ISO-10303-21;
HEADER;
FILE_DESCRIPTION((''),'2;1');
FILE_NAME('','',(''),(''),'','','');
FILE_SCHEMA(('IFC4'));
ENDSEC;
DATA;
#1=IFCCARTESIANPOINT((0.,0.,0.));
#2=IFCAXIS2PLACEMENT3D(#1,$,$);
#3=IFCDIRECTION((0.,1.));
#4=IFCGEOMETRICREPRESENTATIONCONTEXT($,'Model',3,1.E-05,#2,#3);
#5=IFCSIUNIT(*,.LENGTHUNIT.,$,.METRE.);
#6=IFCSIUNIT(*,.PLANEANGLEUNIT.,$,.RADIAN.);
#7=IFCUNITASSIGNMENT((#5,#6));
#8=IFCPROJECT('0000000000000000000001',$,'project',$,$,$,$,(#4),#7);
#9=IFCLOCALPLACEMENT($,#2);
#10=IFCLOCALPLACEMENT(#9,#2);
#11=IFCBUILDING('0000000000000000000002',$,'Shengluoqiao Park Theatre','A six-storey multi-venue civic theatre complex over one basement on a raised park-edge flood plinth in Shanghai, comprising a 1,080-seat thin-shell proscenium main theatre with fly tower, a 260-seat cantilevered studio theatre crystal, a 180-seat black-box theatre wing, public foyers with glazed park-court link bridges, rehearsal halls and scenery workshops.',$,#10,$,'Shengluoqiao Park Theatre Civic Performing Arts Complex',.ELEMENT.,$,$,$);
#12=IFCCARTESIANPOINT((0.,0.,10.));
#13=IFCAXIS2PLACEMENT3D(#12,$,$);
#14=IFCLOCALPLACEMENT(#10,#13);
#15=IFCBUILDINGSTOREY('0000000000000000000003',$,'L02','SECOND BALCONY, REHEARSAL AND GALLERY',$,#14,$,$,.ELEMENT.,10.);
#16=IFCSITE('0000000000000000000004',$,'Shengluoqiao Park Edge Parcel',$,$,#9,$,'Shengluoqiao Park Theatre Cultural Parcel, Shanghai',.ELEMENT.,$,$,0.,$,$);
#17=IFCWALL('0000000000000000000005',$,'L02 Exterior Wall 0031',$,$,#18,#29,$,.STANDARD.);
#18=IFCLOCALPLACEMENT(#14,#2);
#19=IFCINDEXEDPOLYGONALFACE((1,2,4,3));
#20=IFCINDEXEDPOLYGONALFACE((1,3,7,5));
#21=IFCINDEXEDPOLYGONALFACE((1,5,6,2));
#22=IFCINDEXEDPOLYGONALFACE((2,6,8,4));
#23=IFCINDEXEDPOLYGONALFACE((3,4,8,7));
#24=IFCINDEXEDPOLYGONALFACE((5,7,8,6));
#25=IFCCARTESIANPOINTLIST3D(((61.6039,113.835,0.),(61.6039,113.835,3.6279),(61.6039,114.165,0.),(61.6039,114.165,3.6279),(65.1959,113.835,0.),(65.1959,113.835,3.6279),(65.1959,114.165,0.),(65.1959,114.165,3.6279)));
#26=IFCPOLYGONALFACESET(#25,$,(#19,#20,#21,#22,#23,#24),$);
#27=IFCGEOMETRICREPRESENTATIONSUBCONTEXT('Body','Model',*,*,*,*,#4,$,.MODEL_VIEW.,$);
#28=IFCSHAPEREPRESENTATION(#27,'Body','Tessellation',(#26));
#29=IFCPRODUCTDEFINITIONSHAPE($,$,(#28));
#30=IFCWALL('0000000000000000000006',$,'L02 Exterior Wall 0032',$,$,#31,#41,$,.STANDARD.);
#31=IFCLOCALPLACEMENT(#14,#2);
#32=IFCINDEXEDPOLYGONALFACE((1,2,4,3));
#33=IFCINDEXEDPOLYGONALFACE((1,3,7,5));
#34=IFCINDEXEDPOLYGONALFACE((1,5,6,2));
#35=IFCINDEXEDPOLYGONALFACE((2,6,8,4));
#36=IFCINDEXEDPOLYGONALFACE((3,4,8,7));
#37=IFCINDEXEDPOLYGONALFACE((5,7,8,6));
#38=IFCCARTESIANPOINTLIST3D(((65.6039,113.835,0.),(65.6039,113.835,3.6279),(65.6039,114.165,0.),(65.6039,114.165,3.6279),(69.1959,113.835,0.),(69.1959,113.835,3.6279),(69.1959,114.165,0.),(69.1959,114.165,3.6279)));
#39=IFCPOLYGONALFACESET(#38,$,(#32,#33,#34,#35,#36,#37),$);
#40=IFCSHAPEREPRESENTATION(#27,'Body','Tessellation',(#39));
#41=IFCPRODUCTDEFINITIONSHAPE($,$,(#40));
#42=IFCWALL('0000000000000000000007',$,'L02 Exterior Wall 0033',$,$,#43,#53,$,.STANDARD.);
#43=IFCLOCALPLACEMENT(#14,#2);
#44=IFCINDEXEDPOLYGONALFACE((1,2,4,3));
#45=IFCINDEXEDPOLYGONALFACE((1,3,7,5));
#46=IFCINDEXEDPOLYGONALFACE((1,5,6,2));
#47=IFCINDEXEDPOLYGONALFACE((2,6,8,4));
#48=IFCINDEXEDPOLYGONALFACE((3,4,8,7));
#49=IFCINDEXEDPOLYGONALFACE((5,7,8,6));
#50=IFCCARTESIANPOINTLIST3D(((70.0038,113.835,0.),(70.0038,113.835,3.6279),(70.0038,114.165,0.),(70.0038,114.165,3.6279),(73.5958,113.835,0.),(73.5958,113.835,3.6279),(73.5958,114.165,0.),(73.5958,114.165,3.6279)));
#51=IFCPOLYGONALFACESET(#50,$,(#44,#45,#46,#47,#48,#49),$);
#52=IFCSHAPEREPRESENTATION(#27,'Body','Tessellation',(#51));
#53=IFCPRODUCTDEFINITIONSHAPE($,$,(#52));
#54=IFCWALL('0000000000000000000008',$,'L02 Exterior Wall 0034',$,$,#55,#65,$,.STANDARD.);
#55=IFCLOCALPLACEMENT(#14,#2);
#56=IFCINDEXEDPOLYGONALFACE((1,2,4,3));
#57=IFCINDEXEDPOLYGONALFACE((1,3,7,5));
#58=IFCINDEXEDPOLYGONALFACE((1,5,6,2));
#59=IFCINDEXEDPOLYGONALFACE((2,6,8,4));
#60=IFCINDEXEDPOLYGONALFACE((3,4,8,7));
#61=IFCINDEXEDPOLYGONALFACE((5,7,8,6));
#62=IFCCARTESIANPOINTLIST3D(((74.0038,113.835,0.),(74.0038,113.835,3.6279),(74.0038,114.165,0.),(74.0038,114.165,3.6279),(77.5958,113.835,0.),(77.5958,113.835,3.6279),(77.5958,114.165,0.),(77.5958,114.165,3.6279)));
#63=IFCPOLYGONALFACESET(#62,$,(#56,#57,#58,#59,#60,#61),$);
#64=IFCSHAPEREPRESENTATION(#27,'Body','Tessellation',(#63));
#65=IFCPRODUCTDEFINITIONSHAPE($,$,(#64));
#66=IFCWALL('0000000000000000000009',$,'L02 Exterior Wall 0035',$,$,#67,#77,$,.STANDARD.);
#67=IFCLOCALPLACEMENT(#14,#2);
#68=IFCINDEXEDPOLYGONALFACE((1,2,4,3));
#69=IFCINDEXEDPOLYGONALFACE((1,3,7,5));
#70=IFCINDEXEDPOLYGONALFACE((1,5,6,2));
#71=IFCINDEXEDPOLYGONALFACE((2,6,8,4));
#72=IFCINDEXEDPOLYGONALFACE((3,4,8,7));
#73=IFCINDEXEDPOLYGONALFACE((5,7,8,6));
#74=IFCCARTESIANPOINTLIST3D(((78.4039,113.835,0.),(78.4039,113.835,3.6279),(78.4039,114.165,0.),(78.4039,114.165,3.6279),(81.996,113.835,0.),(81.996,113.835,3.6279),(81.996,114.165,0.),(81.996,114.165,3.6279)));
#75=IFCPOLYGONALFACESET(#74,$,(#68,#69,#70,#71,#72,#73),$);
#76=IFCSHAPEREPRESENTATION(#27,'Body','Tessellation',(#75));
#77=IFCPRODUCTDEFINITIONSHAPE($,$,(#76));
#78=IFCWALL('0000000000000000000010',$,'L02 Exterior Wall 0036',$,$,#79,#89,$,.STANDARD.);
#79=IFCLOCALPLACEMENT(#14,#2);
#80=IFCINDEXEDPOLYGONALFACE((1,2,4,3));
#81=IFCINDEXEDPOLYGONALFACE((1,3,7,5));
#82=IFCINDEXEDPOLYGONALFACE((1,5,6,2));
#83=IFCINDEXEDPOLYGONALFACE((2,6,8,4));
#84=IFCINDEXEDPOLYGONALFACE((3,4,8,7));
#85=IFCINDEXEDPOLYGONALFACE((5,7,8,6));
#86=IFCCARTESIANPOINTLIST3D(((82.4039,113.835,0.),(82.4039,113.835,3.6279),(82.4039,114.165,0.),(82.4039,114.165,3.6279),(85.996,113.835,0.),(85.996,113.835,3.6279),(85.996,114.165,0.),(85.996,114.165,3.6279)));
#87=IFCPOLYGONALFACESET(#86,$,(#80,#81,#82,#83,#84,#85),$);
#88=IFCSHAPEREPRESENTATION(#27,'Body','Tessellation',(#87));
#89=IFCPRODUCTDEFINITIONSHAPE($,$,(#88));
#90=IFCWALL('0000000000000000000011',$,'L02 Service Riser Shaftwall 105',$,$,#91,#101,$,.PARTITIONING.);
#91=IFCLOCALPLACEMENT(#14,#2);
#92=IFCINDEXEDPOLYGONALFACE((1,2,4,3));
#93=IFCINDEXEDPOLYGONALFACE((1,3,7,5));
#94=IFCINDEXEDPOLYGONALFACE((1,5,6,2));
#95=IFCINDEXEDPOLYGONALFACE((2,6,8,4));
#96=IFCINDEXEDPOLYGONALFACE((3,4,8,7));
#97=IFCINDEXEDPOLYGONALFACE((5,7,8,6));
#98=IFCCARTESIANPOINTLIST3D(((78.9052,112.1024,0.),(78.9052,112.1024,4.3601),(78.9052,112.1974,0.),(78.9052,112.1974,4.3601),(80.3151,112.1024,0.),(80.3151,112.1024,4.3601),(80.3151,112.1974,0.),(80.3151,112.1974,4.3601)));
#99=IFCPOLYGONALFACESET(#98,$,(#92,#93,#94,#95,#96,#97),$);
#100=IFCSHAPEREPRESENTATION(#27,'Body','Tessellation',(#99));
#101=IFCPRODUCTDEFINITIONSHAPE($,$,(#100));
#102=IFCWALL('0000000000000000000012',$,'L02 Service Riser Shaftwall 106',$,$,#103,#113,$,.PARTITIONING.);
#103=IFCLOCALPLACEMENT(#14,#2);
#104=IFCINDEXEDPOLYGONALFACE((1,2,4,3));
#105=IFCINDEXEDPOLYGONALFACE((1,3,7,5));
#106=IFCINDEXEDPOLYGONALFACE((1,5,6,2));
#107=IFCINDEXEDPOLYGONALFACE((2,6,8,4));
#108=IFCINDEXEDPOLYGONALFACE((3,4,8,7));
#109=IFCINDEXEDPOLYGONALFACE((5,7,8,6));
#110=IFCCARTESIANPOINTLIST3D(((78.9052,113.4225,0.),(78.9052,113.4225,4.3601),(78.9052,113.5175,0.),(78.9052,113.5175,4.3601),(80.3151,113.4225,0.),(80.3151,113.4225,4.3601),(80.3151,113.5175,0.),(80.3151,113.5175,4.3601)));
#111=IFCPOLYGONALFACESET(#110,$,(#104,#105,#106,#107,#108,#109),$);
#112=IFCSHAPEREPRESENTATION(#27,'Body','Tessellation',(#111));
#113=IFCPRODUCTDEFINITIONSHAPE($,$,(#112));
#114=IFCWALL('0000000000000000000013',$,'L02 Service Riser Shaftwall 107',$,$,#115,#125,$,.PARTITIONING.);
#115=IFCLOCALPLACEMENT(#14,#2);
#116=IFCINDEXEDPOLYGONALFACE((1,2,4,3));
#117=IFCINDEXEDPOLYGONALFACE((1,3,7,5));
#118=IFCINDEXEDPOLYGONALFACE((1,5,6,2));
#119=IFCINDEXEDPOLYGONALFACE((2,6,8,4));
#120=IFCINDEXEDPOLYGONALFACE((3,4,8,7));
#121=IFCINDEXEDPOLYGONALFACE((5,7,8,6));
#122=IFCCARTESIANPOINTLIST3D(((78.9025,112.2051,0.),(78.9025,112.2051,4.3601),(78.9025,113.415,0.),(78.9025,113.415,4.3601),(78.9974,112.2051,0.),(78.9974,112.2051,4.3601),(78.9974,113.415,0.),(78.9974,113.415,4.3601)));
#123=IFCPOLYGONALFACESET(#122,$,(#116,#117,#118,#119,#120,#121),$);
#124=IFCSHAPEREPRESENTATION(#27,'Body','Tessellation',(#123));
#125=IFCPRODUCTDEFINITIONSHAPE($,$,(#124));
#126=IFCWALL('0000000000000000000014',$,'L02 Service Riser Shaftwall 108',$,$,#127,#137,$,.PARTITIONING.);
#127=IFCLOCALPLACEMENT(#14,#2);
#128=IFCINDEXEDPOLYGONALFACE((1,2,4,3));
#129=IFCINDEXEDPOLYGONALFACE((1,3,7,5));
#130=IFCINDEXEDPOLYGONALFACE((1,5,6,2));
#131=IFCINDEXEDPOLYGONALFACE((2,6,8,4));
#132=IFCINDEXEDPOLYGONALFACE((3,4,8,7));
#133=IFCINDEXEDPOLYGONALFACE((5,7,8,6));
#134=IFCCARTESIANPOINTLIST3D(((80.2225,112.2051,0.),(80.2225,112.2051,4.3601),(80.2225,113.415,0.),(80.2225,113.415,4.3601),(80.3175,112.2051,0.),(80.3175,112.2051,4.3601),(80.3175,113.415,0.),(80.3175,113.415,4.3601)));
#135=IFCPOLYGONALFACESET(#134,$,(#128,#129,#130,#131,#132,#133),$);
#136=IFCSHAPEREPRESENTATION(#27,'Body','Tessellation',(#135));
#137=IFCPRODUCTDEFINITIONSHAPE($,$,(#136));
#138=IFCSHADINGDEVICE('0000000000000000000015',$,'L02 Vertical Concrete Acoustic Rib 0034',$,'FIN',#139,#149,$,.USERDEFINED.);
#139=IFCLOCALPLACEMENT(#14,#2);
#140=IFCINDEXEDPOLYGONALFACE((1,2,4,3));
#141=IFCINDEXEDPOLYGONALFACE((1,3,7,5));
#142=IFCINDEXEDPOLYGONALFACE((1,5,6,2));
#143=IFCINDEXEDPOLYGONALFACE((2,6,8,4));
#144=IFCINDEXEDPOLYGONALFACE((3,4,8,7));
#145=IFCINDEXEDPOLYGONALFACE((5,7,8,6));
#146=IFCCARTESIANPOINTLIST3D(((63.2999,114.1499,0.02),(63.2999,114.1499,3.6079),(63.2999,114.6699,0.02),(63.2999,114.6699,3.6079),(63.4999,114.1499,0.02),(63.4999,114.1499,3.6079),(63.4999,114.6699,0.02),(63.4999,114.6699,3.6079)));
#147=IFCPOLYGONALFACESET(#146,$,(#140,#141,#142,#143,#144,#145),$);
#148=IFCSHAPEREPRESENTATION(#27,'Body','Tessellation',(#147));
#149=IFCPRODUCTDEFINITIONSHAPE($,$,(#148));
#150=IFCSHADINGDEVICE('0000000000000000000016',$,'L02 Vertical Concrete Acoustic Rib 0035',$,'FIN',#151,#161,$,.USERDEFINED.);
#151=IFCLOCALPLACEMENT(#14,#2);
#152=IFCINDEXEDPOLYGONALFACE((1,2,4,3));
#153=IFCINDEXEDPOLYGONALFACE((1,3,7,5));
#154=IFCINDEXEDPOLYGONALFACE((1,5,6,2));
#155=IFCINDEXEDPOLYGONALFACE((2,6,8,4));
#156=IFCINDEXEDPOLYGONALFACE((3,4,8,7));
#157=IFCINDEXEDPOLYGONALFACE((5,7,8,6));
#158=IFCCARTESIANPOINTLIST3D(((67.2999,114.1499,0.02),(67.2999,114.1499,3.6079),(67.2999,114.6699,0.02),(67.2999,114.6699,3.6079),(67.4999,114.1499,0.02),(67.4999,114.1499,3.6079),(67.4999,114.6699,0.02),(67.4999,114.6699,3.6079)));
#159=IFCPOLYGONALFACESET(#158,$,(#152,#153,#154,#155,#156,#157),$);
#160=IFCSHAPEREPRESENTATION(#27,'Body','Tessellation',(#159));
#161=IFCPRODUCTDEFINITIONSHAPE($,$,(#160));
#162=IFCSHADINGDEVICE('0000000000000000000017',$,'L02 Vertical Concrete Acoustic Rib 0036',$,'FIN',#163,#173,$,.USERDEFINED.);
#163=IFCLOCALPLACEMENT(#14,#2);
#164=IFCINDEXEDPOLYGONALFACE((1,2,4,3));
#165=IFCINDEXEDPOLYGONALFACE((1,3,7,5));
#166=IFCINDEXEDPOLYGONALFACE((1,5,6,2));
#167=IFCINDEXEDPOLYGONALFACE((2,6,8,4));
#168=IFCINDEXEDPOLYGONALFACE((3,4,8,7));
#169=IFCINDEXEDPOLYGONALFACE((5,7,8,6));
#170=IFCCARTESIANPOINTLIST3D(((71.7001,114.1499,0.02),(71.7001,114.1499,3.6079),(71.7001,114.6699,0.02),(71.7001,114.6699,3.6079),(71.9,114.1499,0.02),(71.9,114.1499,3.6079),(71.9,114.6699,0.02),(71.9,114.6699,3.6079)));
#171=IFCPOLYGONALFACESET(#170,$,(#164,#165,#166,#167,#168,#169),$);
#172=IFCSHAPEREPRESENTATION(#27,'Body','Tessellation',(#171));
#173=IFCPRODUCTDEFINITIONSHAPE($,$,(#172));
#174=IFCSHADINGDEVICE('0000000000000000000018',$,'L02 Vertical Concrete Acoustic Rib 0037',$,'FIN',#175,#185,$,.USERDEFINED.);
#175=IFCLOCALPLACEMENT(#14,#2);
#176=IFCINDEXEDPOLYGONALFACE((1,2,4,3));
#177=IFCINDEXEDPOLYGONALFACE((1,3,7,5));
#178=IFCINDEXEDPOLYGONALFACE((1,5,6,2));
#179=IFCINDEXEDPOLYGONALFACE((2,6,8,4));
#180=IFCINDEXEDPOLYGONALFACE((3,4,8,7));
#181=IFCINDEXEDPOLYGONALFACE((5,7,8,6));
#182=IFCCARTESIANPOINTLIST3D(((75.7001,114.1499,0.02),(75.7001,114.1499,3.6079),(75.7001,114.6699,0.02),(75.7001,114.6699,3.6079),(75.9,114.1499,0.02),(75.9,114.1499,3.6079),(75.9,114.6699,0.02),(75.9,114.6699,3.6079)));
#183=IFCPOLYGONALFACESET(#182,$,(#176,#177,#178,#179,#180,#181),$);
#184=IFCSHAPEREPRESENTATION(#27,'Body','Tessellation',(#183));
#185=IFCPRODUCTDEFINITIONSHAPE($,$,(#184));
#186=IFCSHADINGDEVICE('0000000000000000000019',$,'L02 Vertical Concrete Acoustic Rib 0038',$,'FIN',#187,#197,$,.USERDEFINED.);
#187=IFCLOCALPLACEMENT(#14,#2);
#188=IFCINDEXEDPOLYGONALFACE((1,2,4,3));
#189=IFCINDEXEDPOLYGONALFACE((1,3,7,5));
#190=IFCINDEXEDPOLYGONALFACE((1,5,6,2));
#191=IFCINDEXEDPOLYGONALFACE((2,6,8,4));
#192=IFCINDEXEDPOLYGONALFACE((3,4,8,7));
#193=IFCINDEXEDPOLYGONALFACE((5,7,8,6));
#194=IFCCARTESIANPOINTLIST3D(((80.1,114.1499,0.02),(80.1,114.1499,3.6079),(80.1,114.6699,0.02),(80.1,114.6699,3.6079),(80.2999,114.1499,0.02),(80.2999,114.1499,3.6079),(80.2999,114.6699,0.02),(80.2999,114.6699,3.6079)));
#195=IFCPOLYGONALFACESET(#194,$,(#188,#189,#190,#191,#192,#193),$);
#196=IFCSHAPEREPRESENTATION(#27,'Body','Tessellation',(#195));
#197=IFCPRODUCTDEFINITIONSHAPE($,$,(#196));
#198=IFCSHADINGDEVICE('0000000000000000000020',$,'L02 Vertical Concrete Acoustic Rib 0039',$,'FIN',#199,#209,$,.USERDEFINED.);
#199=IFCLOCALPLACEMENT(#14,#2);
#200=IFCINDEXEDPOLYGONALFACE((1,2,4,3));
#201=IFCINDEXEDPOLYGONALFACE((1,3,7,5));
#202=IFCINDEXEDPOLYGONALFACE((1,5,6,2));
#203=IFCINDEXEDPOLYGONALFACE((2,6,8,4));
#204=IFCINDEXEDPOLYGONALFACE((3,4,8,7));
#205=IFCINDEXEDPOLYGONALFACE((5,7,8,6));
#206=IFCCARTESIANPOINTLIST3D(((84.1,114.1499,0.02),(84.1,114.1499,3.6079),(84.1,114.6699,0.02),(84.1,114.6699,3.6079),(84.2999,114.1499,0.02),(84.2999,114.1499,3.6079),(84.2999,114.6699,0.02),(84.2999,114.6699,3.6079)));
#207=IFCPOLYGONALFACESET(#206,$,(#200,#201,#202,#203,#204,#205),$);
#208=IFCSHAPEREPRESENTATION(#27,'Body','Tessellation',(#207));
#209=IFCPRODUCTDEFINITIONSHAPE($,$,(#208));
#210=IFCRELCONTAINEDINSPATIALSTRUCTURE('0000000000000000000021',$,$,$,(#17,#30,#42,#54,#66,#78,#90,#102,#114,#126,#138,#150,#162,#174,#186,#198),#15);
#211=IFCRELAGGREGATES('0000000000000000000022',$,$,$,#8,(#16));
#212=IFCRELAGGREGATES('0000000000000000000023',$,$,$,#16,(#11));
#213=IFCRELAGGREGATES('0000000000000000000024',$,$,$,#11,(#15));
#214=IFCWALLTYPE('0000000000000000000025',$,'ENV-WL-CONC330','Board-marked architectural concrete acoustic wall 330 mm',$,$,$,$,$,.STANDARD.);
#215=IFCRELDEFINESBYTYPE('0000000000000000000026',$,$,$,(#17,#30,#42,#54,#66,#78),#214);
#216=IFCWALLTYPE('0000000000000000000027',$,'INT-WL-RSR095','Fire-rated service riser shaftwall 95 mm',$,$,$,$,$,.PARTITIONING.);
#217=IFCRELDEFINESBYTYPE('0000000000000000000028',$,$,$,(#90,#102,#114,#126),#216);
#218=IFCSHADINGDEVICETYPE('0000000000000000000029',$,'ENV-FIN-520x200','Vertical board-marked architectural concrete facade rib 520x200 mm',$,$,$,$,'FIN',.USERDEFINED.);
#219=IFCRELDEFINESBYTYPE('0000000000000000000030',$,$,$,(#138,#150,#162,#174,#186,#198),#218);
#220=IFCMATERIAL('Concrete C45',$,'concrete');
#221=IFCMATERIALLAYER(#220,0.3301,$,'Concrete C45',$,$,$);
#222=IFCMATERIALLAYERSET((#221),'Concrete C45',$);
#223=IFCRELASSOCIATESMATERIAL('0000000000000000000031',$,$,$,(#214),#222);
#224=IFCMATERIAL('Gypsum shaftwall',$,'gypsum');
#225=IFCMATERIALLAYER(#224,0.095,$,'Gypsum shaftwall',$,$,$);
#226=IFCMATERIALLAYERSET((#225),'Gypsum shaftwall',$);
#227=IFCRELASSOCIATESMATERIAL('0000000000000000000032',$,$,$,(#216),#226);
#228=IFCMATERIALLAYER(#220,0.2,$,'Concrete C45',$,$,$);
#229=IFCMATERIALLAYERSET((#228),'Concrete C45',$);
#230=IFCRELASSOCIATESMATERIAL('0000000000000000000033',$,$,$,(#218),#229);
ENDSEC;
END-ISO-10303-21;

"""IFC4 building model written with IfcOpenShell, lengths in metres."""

from ifc_helpers import new_model, si_unit, direction, frame, frame_2d, origin, origin_2d, place, context, subcontext, project, spatial, rectangle, extrude, material, layer, layer_set, type_object, element, save


model = new_model("IFC4")

# Units and contexts
model_context = context("Model", 3, precision=1e-05, world=origin(), true_north=direction((0.0, 1.0)))
body_context = subcontext(model_context, "Body", "Model", "MODEL_VIEW")
ifc_project = project(units=[si_unit("LENGTHUNIT", "METRE"), si_unit("PLANEANGLEUNIT", "RADIAN")], contexts=[model_context])

# Site, building, storey
site_placement = place(None, origin())
site = spatial("IfcSite", under=ifc_project, at=site_placement, Name="Shengluoqiao Park Edge Parcel", LongName="Shengluoqiao Park Theatre Cultural Parcel, Shanghai", CompositionType="ELEMENT", RefElevation=0.0)
building_placement = place(site_placement, origin())
building = spatial("IfcBuilding", under=site, at=building_placement, Name="Shengluoqiao Park Theatre", Description="A six-storey multi-venue civic theatre complex over one basement on a raised park-edge flood plinth in Shanghai, comprising a 1,080-seat thin-shell proscenium main theatre with fly tower, a 260-seat cantilevered studio theatre crystal, a 180-seat black-box theatre wing, public foyers with glazed park-court link bridges, rehearsal halls and scenery workshops.", LongName="Shengluoqiao Park Theatre Civic Performing Arts Complex", CompositionType="ELEMENT")
storey_placement = place(building_placement, frame((0.0, 0.0, 10.0)))
storey = spatial("IfcBuildingStorey", under=building, at=storey_placement, Name="L02", Description="SECOND BALCONY, REHEARSAL AND GALLERY", CompositionType="ELEMENT", Elevation=10.0)

# Walls
ifc_material_1 = material(Name="Concrete C45", Category="concrete")
ifc_layer_1 = layer(ifc_material_1, 0.3301, Name="Concrete C45")
ifc_layer_set_1 = layer_set([ifc_layer_1], Name="Concrete C45")
wall_type_1 = type_object("IfcWallType", Name="ENV-WL-CONC330", Description="Board-marked architectural concrete acoustic wall 330 mm", PredefinedType="STANDARD", material=ifc_layer_set_1)
for number, where, z_axis, x_axis, name in (
    (1, (61.604, 114.0, 0.0), (0.0, 0.0, 1.0), (1.0, 0.0, 0.0), "L02 Exterior Wall 0031"),
    (2, (65.604, 114.0, 0.0), (0.0, 0.0, 1.0), (1.0, 0.0, 0.0), "L02 Exterior Wall 0032"),
    (3, (70.0039, 114.0, 0.0), (0.0, 0.0, 1.0), (1.0, 0.0, 0.0), "L02 Exterior Wall 0033"),
    (4, (74.0039, 114.0, 0.0), (0.0, 0.0, 1.0), (1.0, 0.0, 0.0), "L02 Exterior Wall 0034"),
    (5, (78.4041, 114.0, 0.0), (0.0, 0.0, 1.0), (1.0, 0.0, 0.0), "L02 Exterior Wall 0035"),
    (6, (82.4041, 114.0, 0.0), (0.0, 0.0, 1.0), (1.0, 0.0, 0.0), "L02 Exterior Wall 0036"),
):
    element("IfcWall", number, at=place(storey_placement, frame(where, z_axis=z_axis, x_axis=x_axis)), inside=storey, type_object=wall_type_1, Name=name, PredefinedType="STANDARD", context=body_context, shape_type="SweptSolid", body=[
        extrude(rectangle(XDim=3.592, YDim=0.3301, at=frame_2d((1.7959, 0.0))), origin(), (0.0, 0.0, 1.0), 3.6279),
    ])
ifc_material_2 = material(Name="Gypsum shaftwall", Category="gypsum")
ifc_layer_2 = layer(ifc_material_2, 0.095, Name="Gypsum shaftwall")
ifc_layer_set_2 = layer_set([ifc_layer_2], Name="Gypsum shaftwall")
wall_type_2 = type_object("IfcWallType", Name="INT-WL-RSR095", Description="Fire-rated service riser shaftwall 95 mm", PredefinedType="PARTITIONING", material=ifc_layer_set_2)
for number, where, z_axis, x_axis, name in (
    (7, (78.905, 112.1499, 0.0), (0.0, 0.0, 1.0), (1.0, 0.0, 0.0), "L02 Service Riser Shaftwall 105"),
    (8, (78.905, 113.47, 0.0), (0.0, 0.0, 1.0), (1.0, 0.0, 0.0), "L02 Service Riser Shaftwall 106"),
):
    element("IfcWall", number, at=place(storey_placement, frame(where, z_axis=z_axis, x_axis=x_axis)), inside=storey, type_object=wall_type_2, Name=name, PredefinedType="PARTITIONING", context=body_context, shape_type="SweptSolid", body=[
        extrude(rectangle(XDim=1.4099, YDim=0.095, at=frame_2d((0.7051, 0.0))), origin(), (0.0, 0.0, 1.0), 4.3601),
    ])
for number, where, z_axis, x_axis, name in (
    (9, (78.95, 112.2051, 0.0), (0.0, 0.0, 1.0), (0.0, 1.0, 0.0), "L02 Service Riser Shaftwall 107"),
    (10, (80.27, 112.2051, 0.0), (0.0, 0.0, 1.0), (0.0, 1.0, 0.0), "L02 Service Riser Shaftwall 108"),
):
    element("IfcWall", number, at=place(storey_placement, frame(where, z_axis=z_axis, x_axis=x_axis)), inside=storey, type_object=wall_type_2, Name=name, PredefinedType="PARTITIONING", context=body_context, shape_type="SweptSolid", body=[
        extrude(rectangle(XDim=1.21, YDim=0.095, at=frame_2d((0.605, 0.0))), origin(), (0.0, 0.0, 1.0), 4.3601),
    ])

# Shading devices
ifc_layer_3 = layer(ifc_material_1, 0.2, Name="Concrete C45")
ifc_layer_set_3 = layer_set([ifc_layer_3], Name="Concrete C45")
shading_device_type = type_object("IfcShadingDeviceType", Name="ENV-FIN-520x200", Description="Vertical board-marked architectural concrete facade rib 520x200 mm", ElementType="FIN", PredefinedType="USERDEFINED", material=ifc_layer_set_3)
for number, where, z_axis, x_axis, name in (
    (11, (63.3999, 114.4099, 0.02), (0.0, 0.0, 1.0), (0.0, 1.0, 0.0), "L02 Vertical Concrete Acoustic Rib 0034"),
    (12, (67.3999, 114.4099, 0.02), (0.0, 0.0, 1.0), (0.0, 1.0, 0.0), "L02 Vertical Concrete Acoustic Rib 0035"),
    (13, (71.8, 114.4099, 0.02), (0.0, 0.0, 1.0), (0.0, 1.0, 0.0), "L02 Vertical Concrete Acoustic Rib 0036"),
    (14, (75.8, 114.4099, 0.02), (0.0, 0.0, 1.0), (0.0, 1.0, 0.0), "L02 Vertical Concrete Acoustic Rib 0037"),
    (15, (80.2, 114.4099, 0.02), (0.0, 0.0, 1.0), (0.0, 1.0, 0.0), "L02 Vertical Concrete Acoustic Rib 0038"),
    (16, (84.2, 114.4099, 0.02), (0.0, 0.0, 1.0), (0.0, 1.0, 0.0), "L02 Vertical Concrete Acoustic Rib 0039"),
):
    element("IfcShadingDevice", number, at=place(storey_placement, frame(where, z_axis=z_axis, x_axis=x_axis)), inside=storey, type_object=shading_device_type, Name=name, ObjectType="FIN", PredefinedType="USERDEFINED", context=body_context, shape_type="SweptSolid", body=[
        extrude(rectangle(XDim=0.52, YDim=0.2, at=origin_2d()), origin(), (0.0, 0.0, 1.0), 3.5879),
    ])

save(model, "model.ifc")
